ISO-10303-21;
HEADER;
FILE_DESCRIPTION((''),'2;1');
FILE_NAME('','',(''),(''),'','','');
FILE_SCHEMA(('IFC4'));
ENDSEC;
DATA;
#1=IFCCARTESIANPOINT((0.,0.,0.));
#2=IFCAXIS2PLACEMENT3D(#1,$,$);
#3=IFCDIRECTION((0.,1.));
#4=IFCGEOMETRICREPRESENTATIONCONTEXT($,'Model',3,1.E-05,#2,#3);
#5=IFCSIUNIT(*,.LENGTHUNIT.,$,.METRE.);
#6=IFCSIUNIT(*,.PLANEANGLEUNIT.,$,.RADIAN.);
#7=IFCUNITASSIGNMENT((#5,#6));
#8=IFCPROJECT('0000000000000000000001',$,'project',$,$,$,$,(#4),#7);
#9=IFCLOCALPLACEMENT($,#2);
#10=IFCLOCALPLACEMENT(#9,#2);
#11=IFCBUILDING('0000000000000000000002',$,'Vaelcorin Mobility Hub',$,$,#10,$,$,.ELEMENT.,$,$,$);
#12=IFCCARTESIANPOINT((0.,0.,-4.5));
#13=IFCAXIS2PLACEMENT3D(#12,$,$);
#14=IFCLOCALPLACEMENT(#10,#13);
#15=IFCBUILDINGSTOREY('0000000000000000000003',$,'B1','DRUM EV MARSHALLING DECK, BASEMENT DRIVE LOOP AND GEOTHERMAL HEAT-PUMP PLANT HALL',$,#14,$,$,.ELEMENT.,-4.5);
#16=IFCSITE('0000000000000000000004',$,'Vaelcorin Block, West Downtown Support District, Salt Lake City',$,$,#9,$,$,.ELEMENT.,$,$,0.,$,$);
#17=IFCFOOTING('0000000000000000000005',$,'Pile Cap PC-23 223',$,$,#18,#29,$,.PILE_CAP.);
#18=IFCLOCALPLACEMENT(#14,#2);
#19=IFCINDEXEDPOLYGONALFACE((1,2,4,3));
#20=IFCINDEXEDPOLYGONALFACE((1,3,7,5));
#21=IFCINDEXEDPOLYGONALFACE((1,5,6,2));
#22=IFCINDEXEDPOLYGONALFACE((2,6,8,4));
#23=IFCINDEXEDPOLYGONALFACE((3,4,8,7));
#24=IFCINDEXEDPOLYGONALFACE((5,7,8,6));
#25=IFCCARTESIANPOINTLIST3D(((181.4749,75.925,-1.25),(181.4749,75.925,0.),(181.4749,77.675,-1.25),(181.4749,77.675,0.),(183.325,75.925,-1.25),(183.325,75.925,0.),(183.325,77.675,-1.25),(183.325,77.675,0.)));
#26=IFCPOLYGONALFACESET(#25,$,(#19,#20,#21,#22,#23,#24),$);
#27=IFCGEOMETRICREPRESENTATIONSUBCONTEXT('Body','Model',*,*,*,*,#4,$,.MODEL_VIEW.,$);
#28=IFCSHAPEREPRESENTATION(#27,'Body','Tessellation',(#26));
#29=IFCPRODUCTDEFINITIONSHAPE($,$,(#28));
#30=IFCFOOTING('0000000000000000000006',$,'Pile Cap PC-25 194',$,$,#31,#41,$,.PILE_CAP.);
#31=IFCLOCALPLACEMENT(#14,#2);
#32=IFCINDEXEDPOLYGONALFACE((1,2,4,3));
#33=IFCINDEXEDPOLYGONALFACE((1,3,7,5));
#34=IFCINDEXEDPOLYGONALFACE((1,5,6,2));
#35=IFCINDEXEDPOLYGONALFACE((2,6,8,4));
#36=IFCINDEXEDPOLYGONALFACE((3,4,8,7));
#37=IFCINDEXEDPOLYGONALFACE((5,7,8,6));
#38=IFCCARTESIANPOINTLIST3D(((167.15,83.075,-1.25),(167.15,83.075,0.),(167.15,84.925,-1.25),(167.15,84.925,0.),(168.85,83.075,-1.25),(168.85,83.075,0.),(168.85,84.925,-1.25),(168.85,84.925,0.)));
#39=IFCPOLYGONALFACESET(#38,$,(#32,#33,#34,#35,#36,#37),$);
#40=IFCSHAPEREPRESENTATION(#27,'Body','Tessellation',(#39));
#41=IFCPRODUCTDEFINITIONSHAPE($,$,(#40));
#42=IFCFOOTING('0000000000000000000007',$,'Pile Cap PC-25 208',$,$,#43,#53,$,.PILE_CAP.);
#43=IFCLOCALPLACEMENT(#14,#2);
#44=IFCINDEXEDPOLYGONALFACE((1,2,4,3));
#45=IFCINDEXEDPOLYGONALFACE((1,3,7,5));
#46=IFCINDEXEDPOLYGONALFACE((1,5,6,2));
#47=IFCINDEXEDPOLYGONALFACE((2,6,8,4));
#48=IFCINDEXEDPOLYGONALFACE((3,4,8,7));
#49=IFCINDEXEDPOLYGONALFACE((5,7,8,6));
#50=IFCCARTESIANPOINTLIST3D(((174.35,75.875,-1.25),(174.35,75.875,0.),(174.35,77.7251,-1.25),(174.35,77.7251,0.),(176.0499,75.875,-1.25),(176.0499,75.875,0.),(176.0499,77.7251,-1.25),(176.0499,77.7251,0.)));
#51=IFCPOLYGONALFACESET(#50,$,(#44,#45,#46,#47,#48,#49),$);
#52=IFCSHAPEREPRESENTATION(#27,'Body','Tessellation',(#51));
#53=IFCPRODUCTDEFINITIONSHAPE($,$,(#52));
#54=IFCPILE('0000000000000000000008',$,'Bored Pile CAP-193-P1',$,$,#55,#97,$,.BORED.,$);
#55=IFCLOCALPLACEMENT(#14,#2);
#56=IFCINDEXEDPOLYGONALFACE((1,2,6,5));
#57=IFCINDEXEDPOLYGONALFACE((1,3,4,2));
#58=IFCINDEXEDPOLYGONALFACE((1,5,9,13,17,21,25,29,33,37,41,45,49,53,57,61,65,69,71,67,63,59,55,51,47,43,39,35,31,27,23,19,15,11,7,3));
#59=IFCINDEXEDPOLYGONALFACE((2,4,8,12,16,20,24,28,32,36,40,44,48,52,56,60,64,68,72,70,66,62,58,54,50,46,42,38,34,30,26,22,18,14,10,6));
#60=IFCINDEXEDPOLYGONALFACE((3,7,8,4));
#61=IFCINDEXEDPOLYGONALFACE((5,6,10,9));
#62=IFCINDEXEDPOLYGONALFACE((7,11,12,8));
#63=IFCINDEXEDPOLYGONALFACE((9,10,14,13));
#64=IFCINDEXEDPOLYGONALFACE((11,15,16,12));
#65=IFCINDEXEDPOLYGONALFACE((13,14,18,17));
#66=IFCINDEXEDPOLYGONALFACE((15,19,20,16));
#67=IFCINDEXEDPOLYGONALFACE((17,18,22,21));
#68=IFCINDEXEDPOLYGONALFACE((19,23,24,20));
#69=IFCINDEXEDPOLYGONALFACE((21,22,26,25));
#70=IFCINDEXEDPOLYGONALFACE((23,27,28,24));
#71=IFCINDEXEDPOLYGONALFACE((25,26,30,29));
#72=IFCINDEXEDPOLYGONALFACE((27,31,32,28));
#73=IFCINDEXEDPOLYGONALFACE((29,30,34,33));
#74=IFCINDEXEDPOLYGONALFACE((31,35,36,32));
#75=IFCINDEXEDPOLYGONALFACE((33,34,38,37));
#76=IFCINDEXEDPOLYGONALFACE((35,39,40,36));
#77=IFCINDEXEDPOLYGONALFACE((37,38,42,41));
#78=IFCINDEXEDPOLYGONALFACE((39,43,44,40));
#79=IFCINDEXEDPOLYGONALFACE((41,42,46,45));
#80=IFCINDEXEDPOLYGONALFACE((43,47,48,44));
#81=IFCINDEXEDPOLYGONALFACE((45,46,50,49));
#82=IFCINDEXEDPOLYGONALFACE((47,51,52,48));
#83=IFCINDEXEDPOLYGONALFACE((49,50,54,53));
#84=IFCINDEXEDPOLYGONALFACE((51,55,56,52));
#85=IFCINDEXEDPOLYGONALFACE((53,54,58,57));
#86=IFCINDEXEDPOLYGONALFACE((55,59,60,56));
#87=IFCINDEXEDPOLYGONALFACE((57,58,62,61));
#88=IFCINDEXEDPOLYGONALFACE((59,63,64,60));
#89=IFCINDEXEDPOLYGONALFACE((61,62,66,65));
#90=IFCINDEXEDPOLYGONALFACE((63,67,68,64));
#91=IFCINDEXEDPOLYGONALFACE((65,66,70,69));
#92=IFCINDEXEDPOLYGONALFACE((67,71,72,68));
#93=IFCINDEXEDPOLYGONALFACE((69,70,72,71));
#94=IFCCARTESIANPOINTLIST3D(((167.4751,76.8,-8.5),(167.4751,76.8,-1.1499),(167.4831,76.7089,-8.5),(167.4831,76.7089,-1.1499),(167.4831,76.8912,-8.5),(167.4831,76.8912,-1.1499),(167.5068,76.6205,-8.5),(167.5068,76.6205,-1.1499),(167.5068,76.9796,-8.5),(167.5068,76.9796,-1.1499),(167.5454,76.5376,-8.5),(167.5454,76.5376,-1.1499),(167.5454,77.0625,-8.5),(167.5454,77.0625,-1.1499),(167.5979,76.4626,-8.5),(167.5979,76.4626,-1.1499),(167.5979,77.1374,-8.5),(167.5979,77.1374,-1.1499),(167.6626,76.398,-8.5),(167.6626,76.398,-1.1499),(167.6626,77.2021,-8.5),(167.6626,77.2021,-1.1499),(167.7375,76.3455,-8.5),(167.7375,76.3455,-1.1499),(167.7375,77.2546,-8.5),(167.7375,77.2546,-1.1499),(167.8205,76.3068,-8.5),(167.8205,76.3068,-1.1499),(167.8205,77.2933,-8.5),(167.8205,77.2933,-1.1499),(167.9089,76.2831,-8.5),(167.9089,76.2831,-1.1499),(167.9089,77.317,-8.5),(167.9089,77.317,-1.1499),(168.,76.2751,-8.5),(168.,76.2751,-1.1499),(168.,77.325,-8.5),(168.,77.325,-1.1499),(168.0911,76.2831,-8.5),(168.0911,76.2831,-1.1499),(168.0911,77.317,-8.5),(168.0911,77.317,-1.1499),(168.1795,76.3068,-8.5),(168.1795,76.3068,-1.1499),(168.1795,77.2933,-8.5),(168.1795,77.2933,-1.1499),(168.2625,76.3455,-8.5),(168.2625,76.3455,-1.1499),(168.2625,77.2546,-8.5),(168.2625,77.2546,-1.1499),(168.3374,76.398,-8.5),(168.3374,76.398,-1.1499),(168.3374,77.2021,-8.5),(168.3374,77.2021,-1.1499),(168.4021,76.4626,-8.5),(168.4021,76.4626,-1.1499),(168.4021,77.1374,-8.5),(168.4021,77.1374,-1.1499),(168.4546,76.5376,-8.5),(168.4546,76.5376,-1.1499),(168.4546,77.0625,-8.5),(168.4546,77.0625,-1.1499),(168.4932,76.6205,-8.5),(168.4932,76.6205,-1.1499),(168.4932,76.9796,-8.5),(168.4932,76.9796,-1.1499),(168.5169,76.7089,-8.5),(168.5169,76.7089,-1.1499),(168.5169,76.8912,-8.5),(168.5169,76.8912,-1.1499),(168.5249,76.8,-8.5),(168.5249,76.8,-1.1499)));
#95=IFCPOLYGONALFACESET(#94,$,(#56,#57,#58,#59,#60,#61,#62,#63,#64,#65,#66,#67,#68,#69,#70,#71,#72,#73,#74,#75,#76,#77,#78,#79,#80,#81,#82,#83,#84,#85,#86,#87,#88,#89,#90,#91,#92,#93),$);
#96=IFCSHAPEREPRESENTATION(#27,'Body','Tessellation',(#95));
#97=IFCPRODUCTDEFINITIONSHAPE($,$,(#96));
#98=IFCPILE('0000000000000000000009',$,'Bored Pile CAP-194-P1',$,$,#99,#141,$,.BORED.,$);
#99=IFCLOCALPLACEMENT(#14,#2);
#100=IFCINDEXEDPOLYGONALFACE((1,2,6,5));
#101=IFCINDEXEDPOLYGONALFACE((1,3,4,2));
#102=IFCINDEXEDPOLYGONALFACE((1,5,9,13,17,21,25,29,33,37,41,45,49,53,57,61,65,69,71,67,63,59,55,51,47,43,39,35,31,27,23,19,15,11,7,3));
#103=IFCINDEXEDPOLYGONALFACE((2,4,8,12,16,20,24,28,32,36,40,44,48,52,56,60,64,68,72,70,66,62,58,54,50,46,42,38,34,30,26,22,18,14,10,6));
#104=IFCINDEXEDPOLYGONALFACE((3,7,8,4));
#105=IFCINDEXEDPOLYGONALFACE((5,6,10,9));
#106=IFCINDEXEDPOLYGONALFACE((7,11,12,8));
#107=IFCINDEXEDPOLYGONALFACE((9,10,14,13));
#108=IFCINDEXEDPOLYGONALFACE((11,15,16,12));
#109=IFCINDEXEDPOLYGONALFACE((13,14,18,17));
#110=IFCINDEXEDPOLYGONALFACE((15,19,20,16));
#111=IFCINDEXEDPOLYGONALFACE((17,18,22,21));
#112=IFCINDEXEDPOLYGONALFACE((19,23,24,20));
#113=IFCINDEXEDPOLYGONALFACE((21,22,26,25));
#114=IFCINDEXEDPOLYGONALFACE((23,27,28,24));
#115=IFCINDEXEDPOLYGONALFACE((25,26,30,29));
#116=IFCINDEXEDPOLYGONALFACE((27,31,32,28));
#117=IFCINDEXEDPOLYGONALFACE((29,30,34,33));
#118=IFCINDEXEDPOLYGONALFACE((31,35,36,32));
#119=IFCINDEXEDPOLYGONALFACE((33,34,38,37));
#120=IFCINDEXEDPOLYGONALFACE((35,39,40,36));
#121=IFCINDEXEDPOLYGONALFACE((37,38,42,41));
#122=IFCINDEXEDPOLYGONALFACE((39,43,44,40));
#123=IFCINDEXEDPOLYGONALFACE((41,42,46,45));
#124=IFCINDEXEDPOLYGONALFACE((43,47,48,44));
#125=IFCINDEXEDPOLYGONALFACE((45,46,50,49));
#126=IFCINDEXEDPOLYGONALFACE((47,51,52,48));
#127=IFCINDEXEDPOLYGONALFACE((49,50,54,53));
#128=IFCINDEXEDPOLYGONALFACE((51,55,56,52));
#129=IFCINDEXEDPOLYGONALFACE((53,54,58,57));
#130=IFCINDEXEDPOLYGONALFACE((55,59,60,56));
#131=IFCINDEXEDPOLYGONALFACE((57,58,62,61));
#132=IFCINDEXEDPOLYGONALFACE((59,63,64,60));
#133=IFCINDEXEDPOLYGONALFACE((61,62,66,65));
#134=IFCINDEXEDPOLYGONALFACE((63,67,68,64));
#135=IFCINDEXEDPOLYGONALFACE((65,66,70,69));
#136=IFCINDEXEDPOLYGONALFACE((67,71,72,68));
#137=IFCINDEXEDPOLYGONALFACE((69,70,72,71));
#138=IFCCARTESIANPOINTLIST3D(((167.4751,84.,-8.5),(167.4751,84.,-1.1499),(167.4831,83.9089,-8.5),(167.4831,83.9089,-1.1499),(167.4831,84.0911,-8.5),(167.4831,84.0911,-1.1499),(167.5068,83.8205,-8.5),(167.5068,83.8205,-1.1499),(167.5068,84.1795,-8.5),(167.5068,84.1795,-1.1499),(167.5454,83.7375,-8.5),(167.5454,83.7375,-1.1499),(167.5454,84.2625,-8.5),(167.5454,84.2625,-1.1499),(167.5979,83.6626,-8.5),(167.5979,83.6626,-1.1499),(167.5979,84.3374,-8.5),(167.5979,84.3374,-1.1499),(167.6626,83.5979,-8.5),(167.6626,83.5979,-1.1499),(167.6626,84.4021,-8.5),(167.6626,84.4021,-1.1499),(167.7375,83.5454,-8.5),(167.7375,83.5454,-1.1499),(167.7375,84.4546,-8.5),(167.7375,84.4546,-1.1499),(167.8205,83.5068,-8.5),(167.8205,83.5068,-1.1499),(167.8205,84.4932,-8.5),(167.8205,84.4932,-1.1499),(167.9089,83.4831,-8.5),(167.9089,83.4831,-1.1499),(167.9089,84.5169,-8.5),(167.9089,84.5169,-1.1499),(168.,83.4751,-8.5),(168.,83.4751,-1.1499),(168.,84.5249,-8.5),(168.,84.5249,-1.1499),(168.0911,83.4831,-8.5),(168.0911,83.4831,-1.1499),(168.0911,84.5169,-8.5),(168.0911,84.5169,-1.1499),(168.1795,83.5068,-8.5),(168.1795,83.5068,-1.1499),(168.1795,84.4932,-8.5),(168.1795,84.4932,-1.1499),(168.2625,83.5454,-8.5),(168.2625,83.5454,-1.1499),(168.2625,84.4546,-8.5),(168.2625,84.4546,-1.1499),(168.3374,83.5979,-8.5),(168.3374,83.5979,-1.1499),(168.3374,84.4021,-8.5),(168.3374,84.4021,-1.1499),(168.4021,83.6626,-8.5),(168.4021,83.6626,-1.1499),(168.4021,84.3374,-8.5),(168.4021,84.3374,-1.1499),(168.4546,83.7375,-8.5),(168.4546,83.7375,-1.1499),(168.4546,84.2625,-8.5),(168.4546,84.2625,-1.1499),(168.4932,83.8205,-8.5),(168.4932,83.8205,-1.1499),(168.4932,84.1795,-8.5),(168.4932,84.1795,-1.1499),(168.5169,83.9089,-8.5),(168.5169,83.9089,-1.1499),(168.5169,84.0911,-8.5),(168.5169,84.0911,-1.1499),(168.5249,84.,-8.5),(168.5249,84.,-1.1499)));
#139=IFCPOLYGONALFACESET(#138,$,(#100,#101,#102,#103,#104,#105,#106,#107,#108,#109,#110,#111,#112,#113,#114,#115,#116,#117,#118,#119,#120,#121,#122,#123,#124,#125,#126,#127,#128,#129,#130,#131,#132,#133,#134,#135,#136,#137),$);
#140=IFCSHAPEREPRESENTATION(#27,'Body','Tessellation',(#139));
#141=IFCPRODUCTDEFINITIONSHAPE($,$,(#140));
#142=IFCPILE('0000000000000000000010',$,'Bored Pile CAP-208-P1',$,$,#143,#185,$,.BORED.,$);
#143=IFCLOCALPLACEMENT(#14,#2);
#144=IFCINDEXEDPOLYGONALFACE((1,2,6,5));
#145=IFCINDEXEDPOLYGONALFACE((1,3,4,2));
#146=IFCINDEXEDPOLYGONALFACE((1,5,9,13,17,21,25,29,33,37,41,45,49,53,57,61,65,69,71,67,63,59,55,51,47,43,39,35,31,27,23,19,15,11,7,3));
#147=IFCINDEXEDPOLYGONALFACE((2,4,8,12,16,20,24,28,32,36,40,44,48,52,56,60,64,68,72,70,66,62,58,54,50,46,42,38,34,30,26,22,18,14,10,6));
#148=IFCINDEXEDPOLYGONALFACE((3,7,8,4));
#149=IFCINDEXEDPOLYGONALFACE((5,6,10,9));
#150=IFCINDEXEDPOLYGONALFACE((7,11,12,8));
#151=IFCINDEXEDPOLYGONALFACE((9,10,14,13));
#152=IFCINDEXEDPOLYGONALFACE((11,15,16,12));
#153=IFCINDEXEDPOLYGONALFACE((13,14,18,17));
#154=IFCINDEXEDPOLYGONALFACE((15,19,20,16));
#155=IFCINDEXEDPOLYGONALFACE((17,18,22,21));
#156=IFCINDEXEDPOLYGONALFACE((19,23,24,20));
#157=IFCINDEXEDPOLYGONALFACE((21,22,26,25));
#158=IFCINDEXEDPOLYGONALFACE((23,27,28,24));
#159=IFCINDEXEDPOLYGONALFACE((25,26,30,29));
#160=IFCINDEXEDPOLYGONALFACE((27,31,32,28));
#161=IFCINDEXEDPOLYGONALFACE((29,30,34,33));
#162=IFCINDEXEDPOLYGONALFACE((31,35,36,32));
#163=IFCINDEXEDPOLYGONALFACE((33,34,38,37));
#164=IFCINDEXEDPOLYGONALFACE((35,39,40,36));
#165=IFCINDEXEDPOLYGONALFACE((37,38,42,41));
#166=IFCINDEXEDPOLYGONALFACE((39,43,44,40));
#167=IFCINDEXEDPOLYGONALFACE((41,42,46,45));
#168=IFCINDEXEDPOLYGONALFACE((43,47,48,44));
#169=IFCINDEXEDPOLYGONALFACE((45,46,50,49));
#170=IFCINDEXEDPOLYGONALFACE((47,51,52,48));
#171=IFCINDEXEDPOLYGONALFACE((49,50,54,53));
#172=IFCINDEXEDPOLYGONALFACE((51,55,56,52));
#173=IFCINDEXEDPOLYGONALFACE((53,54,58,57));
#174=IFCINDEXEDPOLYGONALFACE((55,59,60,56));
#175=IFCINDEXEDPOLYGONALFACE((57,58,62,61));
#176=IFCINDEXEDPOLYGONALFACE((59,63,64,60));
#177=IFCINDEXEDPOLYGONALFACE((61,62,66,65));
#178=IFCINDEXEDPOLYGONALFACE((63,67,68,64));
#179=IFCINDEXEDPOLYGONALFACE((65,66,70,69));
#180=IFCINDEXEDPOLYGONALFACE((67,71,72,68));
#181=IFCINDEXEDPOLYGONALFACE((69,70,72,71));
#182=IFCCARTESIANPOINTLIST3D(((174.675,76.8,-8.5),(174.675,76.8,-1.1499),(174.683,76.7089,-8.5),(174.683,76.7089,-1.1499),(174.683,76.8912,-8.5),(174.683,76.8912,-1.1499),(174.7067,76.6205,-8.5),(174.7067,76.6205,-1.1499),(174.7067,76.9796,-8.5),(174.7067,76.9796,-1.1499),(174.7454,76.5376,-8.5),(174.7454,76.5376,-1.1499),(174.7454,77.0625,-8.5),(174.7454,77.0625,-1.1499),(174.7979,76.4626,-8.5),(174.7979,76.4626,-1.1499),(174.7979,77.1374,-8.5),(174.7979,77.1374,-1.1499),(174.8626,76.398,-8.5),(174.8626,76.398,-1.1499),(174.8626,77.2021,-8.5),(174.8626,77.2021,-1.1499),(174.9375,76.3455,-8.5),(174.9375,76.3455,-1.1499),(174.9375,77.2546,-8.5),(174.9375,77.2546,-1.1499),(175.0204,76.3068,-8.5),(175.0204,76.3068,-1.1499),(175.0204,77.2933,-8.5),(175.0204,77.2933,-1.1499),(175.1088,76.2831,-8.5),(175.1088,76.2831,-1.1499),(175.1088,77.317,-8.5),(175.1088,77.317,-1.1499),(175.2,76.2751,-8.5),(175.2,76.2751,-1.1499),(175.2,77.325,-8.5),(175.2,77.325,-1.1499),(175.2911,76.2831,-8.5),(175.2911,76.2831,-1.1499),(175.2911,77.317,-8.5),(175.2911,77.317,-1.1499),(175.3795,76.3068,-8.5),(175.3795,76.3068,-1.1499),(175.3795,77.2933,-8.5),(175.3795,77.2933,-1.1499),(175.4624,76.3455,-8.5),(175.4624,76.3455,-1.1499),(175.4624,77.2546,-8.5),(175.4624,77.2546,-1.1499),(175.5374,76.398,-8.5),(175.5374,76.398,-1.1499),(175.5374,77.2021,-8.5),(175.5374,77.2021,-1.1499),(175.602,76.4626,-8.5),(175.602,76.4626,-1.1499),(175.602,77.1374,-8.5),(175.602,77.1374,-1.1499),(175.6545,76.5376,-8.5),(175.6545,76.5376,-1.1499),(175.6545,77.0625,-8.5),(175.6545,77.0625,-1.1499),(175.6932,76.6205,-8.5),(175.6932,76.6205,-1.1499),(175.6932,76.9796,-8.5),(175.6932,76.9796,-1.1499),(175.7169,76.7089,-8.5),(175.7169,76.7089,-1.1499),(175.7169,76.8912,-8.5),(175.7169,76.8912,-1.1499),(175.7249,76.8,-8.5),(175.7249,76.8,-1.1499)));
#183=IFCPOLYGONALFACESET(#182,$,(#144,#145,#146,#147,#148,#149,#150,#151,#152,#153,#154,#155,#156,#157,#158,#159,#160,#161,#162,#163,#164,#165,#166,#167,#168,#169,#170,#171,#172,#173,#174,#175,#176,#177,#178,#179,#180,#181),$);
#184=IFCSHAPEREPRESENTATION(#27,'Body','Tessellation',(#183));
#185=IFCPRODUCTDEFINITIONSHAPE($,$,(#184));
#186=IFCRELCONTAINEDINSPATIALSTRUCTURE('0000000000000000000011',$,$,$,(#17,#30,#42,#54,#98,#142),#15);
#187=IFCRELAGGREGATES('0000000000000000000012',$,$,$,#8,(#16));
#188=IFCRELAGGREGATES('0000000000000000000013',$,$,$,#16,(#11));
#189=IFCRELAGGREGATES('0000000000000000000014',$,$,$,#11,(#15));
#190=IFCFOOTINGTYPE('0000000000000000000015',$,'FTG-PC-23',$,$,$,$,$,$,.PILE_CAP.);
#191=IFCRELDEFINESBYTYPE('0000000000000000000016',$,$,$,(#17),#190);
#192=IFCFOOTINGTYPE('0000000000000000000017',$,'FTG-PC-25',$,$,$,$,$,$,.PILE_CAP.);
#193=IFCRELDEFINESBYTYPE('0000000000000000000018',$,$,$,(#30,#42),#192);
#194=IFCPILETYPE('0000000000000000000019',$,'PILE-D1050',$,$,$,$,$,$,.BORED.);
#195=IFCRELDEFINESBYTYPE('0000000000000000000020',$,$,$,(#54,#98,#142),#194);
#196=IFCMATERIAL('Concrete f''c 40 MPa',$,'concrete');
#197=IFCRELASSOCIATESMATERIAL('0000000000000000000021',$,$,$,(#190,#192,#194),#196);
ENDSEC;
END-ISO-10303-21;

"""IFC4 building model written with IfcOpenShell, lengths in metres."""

from ifc_helpers import new_model, si_unit, direction, frame, origin, origin_2d, place, context, subcontext, project, spatial, rectangle, circle, extrude, material, material_profile, profile_set, type_object, element, save


model = new_model("IFC4")

# Units and contexts
model_context = context("Model", 3, precision=1e-05, world=origin(), true_north=direction((0.0, 1.0)))
body_context = subcontext(model_context, "Body", "Model", "MODEL_VIEW")
ifc_project = project(units=[si_unit("LENGTHUNIT", "METRE"), si_unit("PLANEANGLEUNIT", "RADIAN")], contexts=[model_context])

# Site, building, storey
site_placement = place(None, origin())
site = spatial("IfcSite", under=ifc_project, at=site_placement, Name="Vaelcorin Block, West Downtown Support District, Salt Lake City", CompositionType="ELEMENT", RefElevation=0.0)
building_placement = place(site_placement, origin())
building = spatial("IfcBuilding", under=site, at=building_placement, Name="Vaelcorin Mobility Hub", CompositionType="ELEMENT")
storey_placement = place(building_placement, frame((0.0, 0.0, -4.5)))
storey = spatial("IfcBuildingStorey", under=building, at=storey_placement, Name="B1", Description="DRUM EV MARSHALLING DECK, BASEMENT DRIVE LOOP AND GEOTHERMAL HEAT-PUMP PLANT HALL", CompositionType="ELEMENT", Elevation=-4.5)

# Footings
ifc_material_1 = material(Name="Concrete f'c 40 MPa", Category="concrete")
footing_type_1 = type_object("IfcFootingType", Name="FTG-PC-23", PredefinedType="PILE_CAP", material=ifc_material_1)
footing_placement = place(storey_placement, frame((182.3999, 76.8, -1.25), z_axis=(0.0, 0.0, 1.0), x_axis=(1.0, 0.0, 0.0)))
element("IfcFooting", 1, at=footing_placement, inside=storey, type_object=footing_type_1, Name="Pile Cap PC-23 223", PredefinedType="PILE_CAP", context=body_context, shape_type="SweptSolid", body=[
    extrude(rectangle(XDim=1.8501, YDim=1.75, at=origin_2d()), origin(), (0.0, 0.0, 1.0), 1.25),
])
footing_type_2 = type_object("IfcFootingType", Name="FTG-PC-25", PredefinedType="PILE_CAP", material=ifc_material_1)
for number, where, z_axis, x_axis, name in (
    (2, (168.0, 84.0, -1.25), (0.0, 0.0, 1.0), (1.0, 0.0, 0.0), "Pile Cap PC-25 194"),
    (3, (175.2, 76.8, -1.25), (0.0, 0.0, 1.0), (1.0, 0.0, 0.0), "Pile Cap PC-25 208"),
):
    element("IfcFooting", number, at=place(storey_placement, frame(where, z_axis=z_axis, x_axis=x_axis)), inside=storey, type_object=footing_type_2, Name=name, PredefinedType="PILE_CAP", context=body_context, shape_type="SweptSolid", body=[
        extrude(rectangle(XDim=1.7, YDim=1.8501, at=origin_2d()), origin(), (0.0, 0.0, 1.0), 1.25),
    ])

# Piles
ifc_material_profile_1 = material_profile(ifc_material_1, circle(Radius=0.5249, at=origin_2d()), Name="BP-D1050")
ifc_profile_set_1 = profile_set([ifc_material_profile_1], Name="Concrete f'c 40 MPa")
pile_type = type_object("IfcPileType", Name="PILE-D1050", PredefinedType="BORED", material=ifc_profile_set_1)
for number, where, z_axis, x_axis, name in (
    (4, (168.0, 76.8, -1.1499), (0.0, 0.0, -1.0), (1.0, 0.0, 0.0), "Bored Pile CAP-193-P1"),
    (5, (168.0, 84.0, -1.1499), (0.0, 0.0, -1.0), (1.0, 0.0, 0.0), "Bored Pile CAP-194-P1"),
    (6, (175.2, 76.8, -1.1499), (0.0, 0.0, -1.0), (1.0, 0.0, 0.0), "Bored Pile CAP-208-P1"),
):
    element("IfcPile", number, at=place(storey_placement, frame(where, z_axis=z_axis, x_axis=x_axis)), inside=storey, type_object=pile_type, Name=name, PredefinedType="BORED", context=body_context, shape_type="SweptSolid", body=[
        extrude(circle(Radius=0.5249, at=origin_2d()), origin(), (0.0, 0.0, 1.0), 7.3501),
    ])

save(model, "model.ifc")
